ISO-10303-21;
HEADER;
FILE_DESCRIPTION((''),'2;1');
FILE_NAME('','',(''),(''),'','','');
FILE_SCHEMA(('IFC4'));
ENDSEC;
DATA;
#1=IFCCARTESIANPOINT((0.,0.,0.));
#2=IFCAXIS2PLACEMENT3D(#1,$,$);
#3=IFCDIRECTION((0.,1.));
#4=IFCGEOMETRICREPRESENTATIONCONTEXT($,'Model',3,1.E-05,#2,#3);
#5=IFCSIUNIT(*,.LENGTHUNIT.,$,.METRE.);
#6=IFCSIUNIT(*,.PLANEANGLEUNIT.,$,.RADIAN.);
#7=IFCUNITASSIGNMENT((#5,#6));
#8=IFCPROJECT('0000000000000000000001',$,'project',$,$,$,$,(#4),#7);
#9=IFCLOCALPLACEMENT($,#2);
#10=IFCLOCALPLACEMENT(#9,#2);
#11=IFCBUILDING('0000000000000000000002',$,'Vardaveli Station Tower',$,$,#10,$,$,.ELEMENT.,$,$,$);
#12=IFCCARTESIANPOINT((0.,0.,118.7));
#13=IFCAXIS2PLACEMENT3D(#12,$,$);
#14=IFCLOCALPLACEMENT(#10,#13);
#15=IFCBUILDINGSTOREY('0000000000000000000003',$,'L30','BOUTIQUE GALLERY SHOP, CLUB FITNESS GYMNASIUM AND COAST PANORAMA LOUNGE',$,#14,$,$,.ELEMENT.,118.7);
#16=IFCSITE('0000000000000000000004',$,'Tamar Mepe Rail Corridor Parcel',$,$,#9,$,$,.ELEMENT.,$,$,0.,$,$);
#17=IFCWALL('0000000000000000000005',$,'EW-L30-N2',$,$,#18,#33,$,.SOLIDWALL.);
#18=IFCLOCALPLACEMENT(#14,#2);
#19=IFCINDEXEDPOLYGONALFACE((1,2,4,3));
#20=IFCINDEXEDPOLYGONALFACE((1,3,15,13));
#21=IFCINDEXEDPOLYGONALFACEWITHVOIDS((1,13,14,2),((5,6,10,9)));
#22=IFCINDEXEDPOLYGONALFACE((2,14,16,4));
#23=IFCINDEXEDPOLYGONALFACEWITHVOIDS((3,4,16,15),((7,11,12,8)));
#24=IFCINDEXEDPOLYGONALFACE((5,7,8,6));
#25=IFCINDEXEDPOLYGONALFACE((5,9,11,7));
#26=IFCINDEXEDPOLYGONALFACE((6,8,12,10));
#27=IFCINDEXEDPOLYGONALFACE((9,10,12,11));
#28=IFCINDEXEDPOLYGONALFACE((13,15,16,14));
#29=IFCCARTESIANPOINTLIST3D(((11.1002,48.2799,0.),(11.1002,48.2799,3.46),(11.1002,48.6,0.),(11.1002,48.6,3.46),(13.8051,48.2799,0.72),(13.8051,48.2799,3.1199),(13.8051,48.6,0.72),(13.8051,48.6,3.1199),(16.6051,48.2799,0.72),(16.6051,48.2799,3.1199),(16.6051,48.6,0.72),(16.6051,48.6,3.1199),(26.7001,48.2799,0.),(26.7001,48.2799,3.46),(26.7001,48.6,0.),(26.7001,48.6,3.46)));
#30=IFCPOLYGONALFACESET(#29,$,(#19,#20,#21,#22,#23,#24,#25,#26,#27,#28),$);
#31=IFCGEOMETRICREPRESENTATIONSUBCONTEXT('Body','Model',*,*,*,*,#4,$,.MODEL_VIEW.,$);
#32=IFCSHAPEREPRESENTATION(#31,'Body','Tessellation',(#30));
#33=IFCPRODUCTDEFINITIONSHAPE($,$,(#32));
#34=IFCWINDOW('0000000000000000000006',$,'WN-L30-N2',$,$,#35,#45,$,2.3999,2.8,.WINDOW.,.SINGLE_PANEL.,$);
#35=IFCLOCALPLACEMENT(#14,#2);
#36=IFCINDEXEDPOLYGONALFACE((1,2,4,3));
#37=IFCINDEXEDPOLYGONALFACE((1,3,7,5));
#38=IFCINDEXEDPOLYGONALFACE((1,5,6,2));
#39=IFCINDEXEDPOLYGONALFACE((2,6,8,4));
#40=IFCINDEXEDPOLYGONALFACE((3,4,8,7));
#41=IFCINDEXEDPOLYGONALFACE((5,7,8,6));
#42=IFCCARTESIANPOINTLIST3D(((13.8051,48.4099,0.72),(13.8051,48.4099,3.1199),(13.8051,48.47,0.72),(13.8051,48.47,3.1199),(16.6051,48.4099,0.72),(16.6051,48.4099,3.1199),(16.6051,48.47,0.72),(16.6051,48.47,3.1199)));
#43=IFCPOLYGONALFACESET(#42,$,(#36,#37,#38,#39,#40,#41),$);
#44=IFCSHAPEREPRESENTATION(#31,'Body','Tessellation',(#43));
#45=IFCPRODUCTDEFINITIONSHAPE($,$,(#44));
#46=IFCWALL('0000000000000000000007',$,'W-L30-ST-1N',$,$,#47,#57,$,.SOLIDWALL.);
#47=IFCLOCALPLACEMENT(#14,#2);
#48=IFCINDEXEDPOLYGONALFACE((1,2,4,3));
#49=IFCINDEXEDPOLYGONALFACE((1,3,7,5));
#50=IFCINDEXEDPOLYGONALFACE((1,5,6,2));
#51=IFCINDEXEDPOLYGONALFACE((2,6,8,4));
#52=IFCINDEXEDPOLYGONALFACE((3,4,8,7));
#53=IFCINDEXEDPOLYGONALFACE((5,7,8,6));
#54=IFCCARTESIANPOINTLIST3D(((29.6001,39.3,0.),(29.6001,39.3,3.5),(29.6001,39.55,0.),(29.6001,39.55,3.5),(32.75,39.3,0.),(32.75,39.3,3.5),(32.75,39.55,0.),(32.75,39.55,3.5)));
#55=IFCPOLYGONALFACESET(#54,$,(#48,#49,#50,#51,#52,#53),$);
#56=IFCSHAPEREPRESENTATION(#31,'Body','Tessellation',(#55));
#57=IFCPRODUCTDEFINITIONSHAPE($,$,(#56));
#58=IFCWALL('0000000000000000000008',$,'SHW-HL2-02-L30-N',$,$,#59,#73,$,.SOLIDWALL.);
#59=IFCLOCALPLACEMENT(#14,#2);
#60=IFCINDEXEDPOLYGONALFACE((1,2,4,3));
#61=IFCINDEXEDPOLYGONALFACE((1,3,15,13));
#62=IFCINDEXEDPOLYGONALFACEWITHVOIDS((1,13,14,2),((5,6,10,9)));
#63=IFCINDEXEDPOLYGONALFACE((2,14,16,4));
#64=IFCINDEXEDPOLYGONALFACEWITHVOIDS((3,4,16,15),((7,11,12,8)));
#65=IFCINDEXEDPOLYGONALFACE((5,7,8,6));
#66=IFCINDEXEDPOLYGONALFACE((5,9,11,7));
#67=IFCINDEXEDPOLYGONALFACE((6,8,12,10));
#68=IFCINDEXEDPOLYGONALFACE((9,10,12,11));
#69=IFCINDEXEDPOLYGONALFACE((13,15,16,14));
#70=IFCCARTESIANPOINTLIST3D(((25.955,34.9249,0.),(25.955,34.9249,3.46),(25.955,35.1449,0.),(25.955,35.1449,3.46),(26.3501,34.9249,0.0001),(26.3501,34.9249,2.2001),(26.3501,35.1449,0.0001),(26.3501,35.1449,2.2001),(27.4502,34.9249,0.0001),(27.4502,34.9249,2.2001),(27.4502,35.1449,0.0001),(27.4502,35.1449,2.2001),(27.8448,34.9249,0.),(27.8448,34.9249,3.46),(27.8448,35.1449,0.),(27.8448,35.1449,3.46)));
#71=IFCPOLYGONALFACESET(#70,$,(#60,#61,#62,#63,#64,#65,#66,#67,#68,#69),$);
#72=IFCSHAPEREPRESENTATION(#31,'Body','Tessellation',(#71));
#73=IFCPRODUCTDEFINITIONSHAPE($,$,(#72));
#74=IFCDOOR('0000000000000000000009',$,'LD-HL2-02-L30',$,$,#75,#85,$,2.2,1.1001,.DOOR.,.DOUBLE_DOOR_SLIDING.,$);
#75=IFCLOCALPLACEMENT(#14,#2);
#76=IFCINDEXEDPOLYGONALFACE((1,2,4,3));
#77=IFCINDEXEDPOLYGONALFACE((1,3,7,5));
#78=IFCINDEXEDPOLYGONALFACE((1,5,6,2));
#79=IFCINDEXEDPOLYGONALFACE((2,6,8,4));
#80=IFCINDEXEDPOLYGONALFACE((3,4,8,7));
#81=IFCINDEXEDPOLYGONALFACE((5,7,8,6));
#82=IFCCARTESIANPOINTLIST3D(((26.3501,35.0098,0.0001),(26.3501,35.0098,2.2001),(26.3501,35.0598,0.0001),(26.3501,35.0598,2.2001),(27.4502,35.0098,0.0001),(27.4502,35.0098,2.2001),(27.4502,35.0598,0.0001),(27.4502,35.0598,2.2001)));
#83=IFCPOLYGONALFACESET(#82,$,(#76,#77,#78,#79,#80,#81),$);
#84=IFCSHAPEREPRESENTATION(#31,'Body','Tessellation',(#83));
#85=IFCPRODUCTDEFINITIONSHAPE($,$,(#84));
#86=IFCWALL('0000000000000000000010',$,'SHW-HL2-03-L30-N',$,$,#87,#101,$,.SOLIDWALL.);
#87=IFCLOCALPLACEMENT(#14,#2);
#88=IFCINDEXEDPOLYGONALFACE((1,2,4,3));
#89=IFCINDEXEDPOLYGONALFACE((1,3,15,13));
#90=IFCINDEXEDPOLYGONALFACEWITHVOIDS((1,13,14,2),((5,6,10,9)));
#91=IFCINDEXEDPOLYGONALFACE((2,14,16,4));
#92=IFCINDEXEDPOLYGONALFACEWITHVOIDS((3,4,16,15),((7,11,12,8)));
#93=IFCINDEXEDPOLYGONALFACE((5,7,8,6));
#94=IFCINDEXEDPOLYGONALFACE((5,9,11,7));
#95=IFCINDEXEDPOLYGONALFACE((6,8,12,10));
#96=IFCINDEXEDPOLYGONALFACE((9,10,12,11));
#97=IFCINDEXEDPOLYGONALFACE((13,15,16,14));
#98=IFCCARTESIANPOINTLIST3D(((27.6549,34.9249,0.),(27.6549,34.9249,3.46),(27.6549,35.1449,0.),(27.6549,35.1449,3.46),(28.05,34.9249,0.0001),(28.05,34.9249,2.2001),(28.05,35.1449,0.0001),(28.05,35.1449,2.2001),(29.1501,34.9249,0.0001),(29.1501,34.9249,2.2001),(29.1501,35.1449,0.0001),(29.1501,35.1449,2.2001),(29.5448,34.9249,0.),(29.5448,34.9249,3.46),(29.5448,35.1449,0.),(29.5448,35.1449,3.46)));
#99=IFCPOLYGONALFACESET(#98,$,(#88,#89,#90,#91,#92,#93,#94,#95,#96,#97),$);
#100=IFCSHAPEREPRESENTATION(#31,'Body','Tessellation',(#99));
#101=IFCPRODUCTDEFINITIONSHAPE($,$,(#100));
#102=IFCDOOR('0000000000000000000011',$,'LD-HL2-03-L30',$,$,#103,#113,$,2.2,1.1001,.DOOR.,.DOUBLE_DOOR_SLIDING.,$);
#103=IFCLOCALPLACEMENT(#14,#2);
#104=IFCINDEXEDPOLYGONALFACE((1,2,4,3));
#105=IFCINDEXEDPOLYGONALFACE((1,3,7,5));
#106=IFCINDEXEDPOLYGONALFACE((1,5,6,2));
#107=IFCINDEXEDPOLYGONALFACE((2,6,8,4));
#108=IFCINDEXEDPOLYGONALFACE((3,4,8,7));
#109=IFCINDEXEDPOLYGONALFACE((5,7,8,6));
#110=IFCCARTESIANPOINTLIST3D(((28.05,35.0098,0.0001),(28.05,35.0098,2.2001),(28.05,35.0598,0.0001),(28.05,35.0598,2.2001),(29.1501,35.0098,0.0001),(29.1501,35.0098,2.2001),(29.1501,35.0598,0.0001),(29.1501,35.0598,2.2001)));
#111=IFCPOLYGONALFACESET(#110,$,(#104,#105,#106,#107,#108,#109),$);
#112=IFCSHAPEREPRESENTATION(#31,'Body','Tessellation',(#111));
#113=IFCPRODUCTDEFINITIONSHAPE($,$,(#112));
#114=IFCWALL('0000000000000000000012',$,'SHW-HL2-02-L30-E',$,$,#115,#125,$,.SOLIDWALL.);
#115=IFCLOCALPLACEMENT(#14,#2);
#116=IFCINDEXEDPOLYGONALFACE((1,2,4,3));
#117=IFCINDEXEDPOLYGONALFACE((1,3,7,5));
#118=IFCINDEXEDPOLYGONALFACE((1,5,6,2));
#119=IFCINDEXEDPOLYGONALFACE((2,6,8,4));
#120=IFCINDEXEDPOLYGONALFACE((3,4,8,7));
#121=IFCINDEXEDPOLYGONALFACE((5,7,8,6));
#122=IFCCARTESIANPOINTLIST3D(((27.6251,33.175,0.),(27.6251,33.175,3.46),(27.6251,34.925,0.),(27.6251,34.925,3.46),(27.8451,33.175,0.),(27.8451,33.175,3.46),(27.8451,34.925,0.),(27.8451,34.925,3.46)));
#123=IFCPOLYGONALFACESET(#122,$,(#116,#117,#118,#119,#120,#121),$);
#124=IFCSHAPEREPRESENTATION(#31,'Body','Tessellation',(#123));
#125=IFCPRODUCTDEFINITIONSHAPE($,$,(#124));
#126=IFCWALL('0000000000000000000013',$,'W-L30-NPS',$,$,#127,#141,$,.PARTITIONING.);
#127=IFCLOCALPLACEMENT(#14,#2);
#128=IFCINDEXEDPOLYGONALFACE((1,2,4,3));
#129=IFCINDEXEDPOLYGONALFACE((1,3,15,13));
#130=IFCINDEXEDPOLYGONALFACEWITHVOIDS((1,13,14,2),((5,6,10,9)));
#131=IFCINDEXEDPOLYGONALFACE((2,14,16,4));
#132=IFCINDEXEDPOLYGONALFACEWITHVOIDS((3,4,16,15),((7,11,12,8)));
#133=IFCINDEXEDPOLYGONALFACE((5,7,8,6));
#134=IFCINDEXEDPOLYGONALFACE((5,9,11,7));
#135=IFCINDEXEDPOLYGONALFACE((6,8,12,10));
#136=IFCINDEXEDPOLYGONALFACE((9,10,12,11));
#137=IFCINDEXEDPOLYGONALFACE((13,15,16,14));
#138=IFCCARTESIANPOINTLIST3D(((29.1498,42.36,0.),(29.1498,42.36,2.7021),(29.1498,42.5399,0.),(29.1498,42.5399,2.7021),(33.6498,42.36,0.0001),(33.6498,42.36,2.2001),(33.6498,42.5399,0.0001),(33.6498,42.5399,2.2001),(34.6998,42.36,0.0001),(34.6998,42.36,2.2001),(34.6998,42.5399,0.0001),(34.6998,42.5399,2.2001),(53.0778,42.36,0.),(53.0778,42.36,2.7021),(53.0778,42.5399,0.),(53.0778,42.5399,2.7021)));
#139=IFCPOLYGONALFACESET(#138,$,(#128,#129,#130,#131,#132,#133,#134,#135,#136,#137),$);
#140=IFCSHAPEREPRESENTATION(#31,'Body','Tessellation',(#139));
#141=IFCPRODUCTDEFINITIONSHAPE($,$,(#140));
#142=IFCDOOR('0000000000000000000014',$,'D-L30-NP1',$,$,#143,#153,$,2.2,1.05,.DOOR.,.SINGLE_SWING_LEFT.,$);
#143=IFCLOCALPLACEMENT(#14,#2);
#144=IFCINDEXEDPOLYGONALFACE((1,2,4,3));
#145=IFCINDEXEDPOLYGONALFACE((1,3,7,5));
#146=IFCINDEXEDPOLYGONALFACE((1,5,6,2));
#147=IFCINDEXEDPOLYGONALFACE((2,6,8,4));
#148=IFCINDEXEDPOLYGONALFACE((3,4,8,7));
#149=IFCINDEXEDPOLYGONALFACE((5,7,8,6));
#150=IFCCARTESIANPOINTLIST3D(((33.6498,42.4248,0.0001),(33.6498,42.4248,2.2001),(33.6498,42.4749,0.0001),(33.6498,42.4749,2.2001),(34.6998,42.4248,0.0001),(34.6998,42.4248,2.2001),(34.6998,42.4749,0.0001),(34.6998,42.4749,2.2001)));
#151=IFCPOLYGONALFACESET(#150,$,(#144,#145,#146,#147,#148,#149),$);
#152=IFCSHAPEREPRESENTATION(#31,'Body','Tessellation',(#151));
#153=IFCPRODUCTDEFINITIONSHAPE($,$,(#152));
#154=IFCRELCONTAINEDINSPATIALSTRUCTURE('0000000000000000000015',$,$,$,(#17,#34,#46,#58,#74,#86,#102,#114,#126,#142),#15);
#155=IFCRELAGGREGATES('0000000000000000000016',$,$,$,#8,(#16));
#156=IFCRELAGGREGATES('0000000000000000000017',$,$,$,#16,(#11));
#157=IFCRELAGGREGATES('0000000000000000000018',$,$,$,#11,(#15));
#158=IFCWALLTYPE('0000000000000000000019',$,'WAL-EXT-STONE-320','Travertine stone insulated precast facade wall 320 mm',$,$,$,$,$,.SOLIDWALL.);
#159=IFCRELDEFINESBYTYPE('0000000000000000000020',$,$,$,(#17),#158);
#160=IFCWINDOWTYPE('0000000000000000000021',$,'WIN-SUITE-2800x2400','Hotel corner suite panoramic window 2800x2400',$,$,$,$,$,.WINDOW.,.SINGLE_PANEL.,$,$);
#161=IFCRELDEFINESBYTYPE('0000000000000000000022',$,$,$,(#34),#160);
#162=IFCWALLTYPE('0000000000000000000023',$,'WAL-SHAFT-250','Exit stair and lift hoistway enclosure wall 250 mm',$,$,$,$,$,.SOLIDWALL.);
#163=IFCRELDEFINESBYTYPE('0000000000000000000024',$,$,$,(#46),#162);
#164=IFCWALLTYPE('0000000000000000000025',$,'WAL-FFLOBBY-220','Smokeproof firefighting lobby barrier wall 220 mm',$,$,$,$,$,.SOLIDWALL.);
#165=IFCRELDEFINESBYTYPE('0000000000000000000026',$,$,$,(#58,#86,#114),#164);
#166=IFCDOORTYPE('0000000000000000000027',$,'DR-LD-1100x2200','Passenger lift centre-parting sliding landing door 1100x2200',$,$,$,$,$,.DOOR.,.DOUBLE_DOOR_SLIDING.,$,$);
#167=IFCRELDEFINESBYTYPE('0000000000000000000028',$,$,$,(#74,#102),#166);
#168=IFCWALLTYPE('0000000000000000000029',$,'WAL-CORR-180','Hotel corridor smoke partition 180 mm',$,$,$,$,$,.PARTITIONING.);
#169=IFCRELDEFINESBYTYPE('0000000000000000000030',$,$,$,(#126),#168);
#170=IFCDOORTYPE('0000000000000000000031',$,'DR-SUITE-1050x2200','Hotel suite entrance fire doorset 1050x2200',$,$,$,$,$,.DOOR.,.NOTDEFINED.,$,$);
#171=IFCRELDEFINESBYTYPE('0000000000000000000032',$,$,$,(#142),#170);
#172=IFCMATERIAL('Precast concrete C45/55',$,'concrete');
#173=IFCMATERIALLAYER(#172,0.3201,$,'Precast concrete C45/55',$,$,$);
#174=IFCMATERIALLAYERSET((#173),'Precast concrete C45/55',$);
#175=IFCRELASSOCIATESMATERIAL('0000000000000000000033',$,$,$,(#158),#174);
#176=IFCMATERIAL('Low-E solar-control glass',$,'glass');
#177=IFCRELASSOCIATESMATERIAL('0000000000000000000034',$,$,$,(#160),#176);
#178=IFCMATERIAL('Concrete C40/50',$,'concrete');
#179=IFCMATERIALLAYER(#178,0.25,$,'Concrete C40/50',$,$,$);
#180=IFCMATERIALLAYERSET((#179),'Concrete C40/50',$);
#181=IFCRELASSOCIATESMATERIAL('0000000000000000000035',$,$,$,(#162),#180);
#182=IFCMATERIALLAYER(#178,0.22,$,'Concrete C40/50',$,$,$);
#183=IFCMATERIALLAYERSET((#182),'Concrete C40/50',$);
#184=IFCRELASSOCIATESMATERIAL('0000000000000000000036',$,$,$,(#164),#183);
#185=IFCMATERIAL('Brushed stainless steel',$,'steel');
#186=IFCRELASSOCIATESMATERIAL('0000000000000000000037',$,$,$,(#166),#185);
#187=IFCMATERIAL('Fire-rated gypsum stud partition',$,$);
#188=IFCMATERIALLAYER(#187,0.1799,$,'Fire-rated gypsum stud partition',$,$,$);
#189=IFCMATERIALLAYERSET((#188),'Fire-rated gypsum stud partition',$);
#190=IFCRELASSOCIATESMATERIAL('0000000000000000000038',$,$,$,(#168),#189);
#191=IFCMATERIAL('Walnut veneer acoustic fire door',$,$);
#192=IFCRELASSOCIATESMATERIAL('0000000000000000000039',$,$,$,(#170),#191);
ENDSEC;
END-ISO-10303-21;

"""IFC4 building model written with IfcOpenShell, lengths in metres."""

from ifc_helpers import new_model, si_unit, direction, frame, frame_2d, origin, place, context, subcontext, project, spatial, rectangle, extrude, source, transform, mapped, material, layer, layer_set, type_object, element, fill, save


model = new_model("IFC4")

# Units and contexts
model_context = context("Model", 3, precision=1e-05, world=origin(), true_north=direction((0.0, 1.0)))
body_context = subcontext(model_context, "Body", "Model", "MODEL_VIEW")
ifc_project = project(units=[si_unit("LENGTHUNIT", "METRE"), si_unit("PLANEANGLEUNIT", "RADIAN")], contexts=[model_context])

# Site, building, storey
site_placement = place(None, origin())
site = spatial("IfcSite", under=ifc_project, at=site_placement, Name="Tamar Mepe Rail Corridor Parcel", CompositionType="ELEMENT", RefElevation=0.0)
building_placement = place(site_placement, origin())
building = spatial("IfcBuilding", under=site, at=building_placement, Name="Vardaveli Station Tower", CompositionType="ELEMENT")
storey_placement = place(building_placement, frame((0.0, 0.0, 118.7)))
storey = spatial("IfcBuildingStorey", under=building, at=storey_placement, Name="L30", Description="BOUTIQUE GALLERY SHOP, CLUB FITNESS GYMNASIUM AND COAST PANORAMA LOUNGE", CompositionType="ELEMENT", Elevation=118.7)

# Shared definitions
ifc_material_1 = material(Name="Precast concrete C45/55", Category="concrete")

# Wall, opening, window
ifc_layer_1 = layer(ifc_material_1, 0.3201, Name="Precast concrete C45/55")
ifc_layer_set_1 = layer_set([ifc_layer_1], Name="Precast concrete C45/55")
wall_type_1 = type_object("IfcWallType", Name="WAL-EXT-STONE-320", Description="Travertine stone insulated precast facade wall 320 mm", PredefinedType="SOLIDWALL", material=ifc_layer_set_1)
shared_shape_1 = source(origin(), body_context, "Body", "SweptSolid", [
    extrude(rectangle(XDim=15.5999, YDim=0.3201, at=frame_2d((7.7998, 0.0))), origin(), (0.0, 0.0, 1.0), 3.46),
])
wall_1_placement = place(storey_placement, frame((26.7, 48.4399, 0.0), z_axis=(0.0, 0.0, 1.0), x_axis=(-1.0, 0.0, 0.0)))
wall_1 = element("IfcWall", 1, at=wall_1_placement, inside=storey, type_object=wall_type_1, Name="EW-L30-N2", PredefinedType="SOLIDWALL", context=body_context, shape_type="MappedRepresentation", body=[
    mapped(shared_shape_1, transform((0.0, 0.0, 0.0), scale=1.0)),
])
shared_shape_2 = source(origin(), body_context, "Body", "SweptSolid", [
    extrude(rectangle(XDim=2.8, YDim=2.3999, at=frame_2d((1.3999, 1.2))), frame((0.0, 0.1699, 0.0), z_axis=(0.0, -1.0, 0.0), x_axis=(1.0, 0.0, 0.0)), (0.0, 0.0, 1.0), 0.3401),
])
opening_1_placement = place(wall_1_placement, frame((10.095, 0.0, 0.72)))
opening_1 = element("IfcOpeningElement", 2, at=opening_1_placement, cuts=wall_1, PredefinedType="OPENING", context=body_context, shape_type="MappedRepresentation", body=[
    mapped(shared_shape_2, transform((0.0, 0.0, 0.0), scale=1.0)),
])
ifc_material_2 = material(Name="Low-E solar-control glass", Category="glass")
window_type = type_object("IfcWindowType", Name="WIN-SUITE-2800x2400", Description="Hotel corner suite panoramic window 2800x2400", PartitioningType="SINGLE_PANEL", PredefinedType="WINDOW", material=ifc_material_2)
shared_shape_3 = source(origin(), body_context, "Body", "SweptSolid", [
    extrude(rectangle(XDim=2.8, YDim=2.3999, at=frame_2d((1.3999, 1.2))), frame((0.0, 0.03, 0.0), z_axis=(0.0, -1.0, 0.0), x_axis=(1.0, 0.0, 0.0)), (0.0, 0.0, 1.0), 0.0601),
])
window_placement = place(opening_1_placement, origin())
window = element("IfcWindow", 3, at=window_placement, inside=storey, type_object=window_type, Name="WN-L30-N2", OverallHeight=2.3999, OverallWidth=2.8, PartitioningType="SINGLE_PANEL", PredefinedType="WINDOW", context=body_context, shape_type="MappedRepresentation", body=[
    mapped(shared_shape_3, transform((0.0, 0.0, 0.0), scale=1.0)),
])
fill(opening_1, window)

# Wall
ifc_material_3 = material(Name="Concrete C40/50", Category="concrete")
ifc_layer_2 = layer(ifc_material_3, 0.25, Name="Concrete C40/50")
ifc_layer_set_2 = layer_set([ifc_layer_2], Name="Concrete C40/50")
wall_type_2 = type_object("IfcWallType", Name="WAL-SHAFT-250", Description="Exit stair and lift hoistway enclosure wall 250 mm", PredefinedType="SOLIDWALL", material=ifc_layer_set_2)
shared_shape_4 = source(origin(), body_context, "Body", "SweptSolid", [
    extrude(rectangle(XDim=3.1499, YDim=0.25, at=frame_2d((1.575, 0.0))), origin(), (0.0, 0.0, 1.0), 3.5),
])
wall_2_placement = place(storey_placement, frame((29.6001, 39.425, 0.0), z_axis=(0.0, 0.0, 1.0), x_axis=(1.0, 0.0, 0.0)))
element("IfcWall", 4, at=wall_2_placement, inside=storey, type_object=wall_type_2, Name="W-L30-ST-1N", PredefinedType="SOLIDWALL", context=body_context, shape_type="MappedRepresentation", body=[
    mapped(shared_shape_4, transform((0.0, 0.0, 0.0), scale=1.0)),
])

# Walls, openings, doors
ifc_layer_3 = layer(ifc_material_3, 0.22, Name="Concrete C40/50")
ifc_layer_set_3 = layer_set([ifc_layer_3], Name="Concrete C40/50")
wall_type_3 = type_object("IfcWallType", Name="WAL-FFLOBBY-220", Description="Smokeproof firefighting lobby barrier wall 220 mm", PredefinedType="SOLIDWALL", material=ifc_layer_set_3)
shared_shape_5 = source(origin(), body_context, "Body", "SweptSolid", [
    extrude(rectangle(XDim=1.8899, YDim=0.22, at=frame_2d((0.9448, 0.0))), origin(), (0.0, 0.0, 1.0), 3.46),
])
wall_3_placement = place(storey_placement, frame((25.9551, 35.0349, 0.0), z_axis=(0.0, 0.0, 1.0), x_axis=(1.0, 0.0, 0.0)))
wall_3 = element("IfcWall", 5, at=wall_3_placement, inside=storey, type_object=wall_type_3, Name="SHW-HL2-02-L30-N", PredefinedType="SOLIDWALL", context=body_context, shape_type="MappedRepresentation", body=[
    mapped(shared_shape_5, transform((0.0, 0.0, 0.0), scale=1.0)),
])
shared_shape_6 = source(origin(), body_context, "Body", "SweptSolid", [
    extrude(rectangle(XDim=1.1001, YDim=2.2, at=frame_2d((0.55, 1.1001))), frame((0.0, 0.1201, 0.0), z_axis=(0.0, -1.0, 0.0), x_axis=(1.0, 0.0, 0.0)), (0.0, 0.0, 1.0), 0.24),
])
opening_2_placement = place(wall_3_placement, frame((0.395, 0.0, 0.0)))
opening_2 = element("IfcOpeningElement", 6, at=opening_2_placement, cuts=wall_3, PredefinedType="OPENING", context=body_context, shape_type="MappedRepresentation", body=[
    mapped(shared_shape_6, transform((0.0, 0.0, 0.0), scale=1.0)),
])
ifc_material_4 = material(Name="Brushed stainless steel", Category="steel")
door_type_1 = type_object("IfcDoorType", Name="DR-LD-1100x2200", Description="Passenger lift centre-parting sliding landing door 1100x2200", OperationType="DOUBLE_DOOR_SLIDING", PredefinedType="DOOR", material=ifc_material_4)
shared_shape_7 = source(origin(), body_context, "Body", "SweptSolid", [
    extrude(rectangle(XDim=1.1001, YDim=2.2, at=frame_2d((0.55, 1.1001))), frame((0.0, 0.0249, 0.0), z_axis=(0.0, -1.0, 0.0), x_axis=(1.0, 0.0, 0.0)), (0.0, 0.0, 1.0), 0.05),
])
door_1_placement = place(opening_2_placement, origin())
door_1 = element("IfcDoor", 7, at=door_1_placement, inside=storey, type_object=door_type_1, Name="LD-HL2-02-L30", OperationType="DOUBLE_DOOR_SLIDING", OverallHeight=2.2, OverallWidth=1.1001, PredefinedType="DOOR", context=body_context, shape_type="MappedRepresentation", body=[
    mapped(shared_shape_7, transform((0.0, 0.0, 0.0), scale=1.0)),
])
fill(opening_2, door_1)
wall_4_placement = place(storey_placement, frame((27.655, 35.0349, 0.0), z_axis=(0.0, 0.0, 1.0), x_axis=(1.0, 0.0, 0.0)))
wall_4 = element("IfcWall", 8, at=wall_4_placement, inside=storey, type_object=wall_type_3, Name="SHW-HL2-03-L30-N", PredefinedType="SOLIDWALL", context=body_context, shape_type="MappedRepresentation", body=[
    mapped(shared_shape_5, transform((0.0, 0.0, 0.0), scale=1.0)),
])
opening_3_placement = place(wall_4_placement, frame((0.395, 0.0, 0.0)))
opening_3 = element("IfcOpeningElement", 9, at=opening_3_placement, cuts=wall_4, PredefinedType="OPENING", context=body_context, shape_type="MappedRepresentation", body=[
    mapped(shared_shape_6, transform((0.0, 0.0, 0.0), scale=1.0)),
])
door_2_placement = place(opening_3_placement, origin())
door_2 = element("IfcDoor", 10, at=door_2_placement, inside=storey, type_object=door_type_1, Name="LD-HL2-03-L30", OperationType="DOUBLE_DOOR_SLIDING", OverallHeight=2.2, OverallWidth=1.1001, PredefinedType="DOOR", context=body_context, shape_type="MappedRepresentation", body=[
    mapped(shared_shape_7, transform((0.0, 0.0, 0.0), scale=1.0)),
])
fill(opening_3, door_2)

# Wall
shared_shape_8 = source(origin(), body_context, "Body", "SweptSolid", [
    extrude(rectangle(XDim=1.75, YDim=0.22, at=frame_2d((0.875, 0.0))), origin(), (0.0, 0.0, 1.0), 3.46),
])
wall_5_placement = place(storey_placement, frame((27.7351, 33.175, 0.0), z_axis=(0.0, 0.0, 1.0), x_axis=(0.0, 1.0, 0.0)))
element("IfcWall", 11, at=wall_5_placement, inside=storey, type_object=wall_type_3, Name="SHW-HL2-02-L30-E", PredefinedType="SOLIDWALL", context=body_context, shape_type="MappedRepresentation", body=[
    mapped(shared_shape_8, transform((0.0, 0.0, 0.0), scale=1.0)),
])

# Wall, opening, door
ifc_material_5 = material(Name="Fire-rated gypsum stud partition")
ifc_layer_4 = layer(ifc_material_5, 0.1799, Name="Fire-rated gypsum stud partition")
ifc_layer_set_4 = layer_set([ifc_layer_4], Name="Fire-rated gypsum stud partition")
wall_type_4 = type_object("IfcWallType", Name="WAL-CORR-180", Description="Hotel corridor smoke partition 180 mm", PredefinedType="PARTITIONING", material=ifc_layer_set_4)
shared_shape_9 = source(origin(), body_context, "Body", "SweptSolid", [
    extrude(rectangle(XDim=23.928, YDim=0.1799, at=frame_2d((11.9639, 0.0))), origin(), (0.0, 0.0, 1.0), 2.7021),
])
wall_6_placement = place(storey_placement, frame((29.1499, 42.45, 0.0), z_axis=(0.0, 0.0, 1.0), x_axis=(1.0, 0.0, 0.0)))
wall_6 = element("IfcWall", 12, at=wall_6_placement, inside=storey, type_object=wall_type_4, Name="W-L30-NPS", PredefinedType="PARTITIONING", context=body_context, shape_type="MappedRepresentation", body=[
    mapped(shared_shape_9, transform((0.0, 0.0, 0.0), scale=1.0)),
])
shared_shape_10 = source(origin(), body_context, "Body", "SweptSolid", [
    extrude(rectangle(XDim=1.05, YDim=2.2, at=frame_2d((0.5249, 1.1001))), frame((0.0, 0.1001, 0.0), z_axis=(0.0, -1.0, 0.0), x_axis=(1.0, 0.0, 0.0)), (0.0, 0.0, 1.0), 0.2),
])
opening_4_placement = place(wall_6_placement, frame((4.5, 0.0, 0.0)))
opening_4 = element("IfcOpeningElement", 13, at=opening_4_placement, cuts=wall_6, PredefinedType="OPENING", context=body_context, shape_type="MappedRepresentation", body=[
    mapped(shared_shape_10, transform((0.0, 0.0, 0.0), scale=1.0)),
])
ifc_material_6 = material(Name="Walnut veneer acoustic fire door")
door_type_2 = type_object("IfcDoorType", Name="DR-SUITE-1050x2200", Description="Hotel suite entrance fire doorset 1050x2200", OperationType="NOTDEFINED", PredefinedType="DOOR", material=ifc_material_6)
shared_shape_11 = source(origin(), body_context, "Body", "SweptSolid", [
    extrude(rectangle(XDim=1.05, YDim=2.2, at=frame_2d((0.5249, 1.1001))), frame((0.0, 0.0249, 0.0), z_axis=(0.0, -1.0, 0.0), x_axis=(1.0, 0.0, 0.0)), (0.0, 0.0, 1.0), 0.05),
])
door_3_placement = place(opening_4_placement, origin())
door_3 = element("IfcDoor", 14, at=door_3_placement, inside=storey, type_object=door_type_2, Name="D-L30-NP1", OperationType="SINGLE_SWING_LEFT", OverallHeight=2.2, OverallWidth=1.05, PredefinedType="DOOR", context=body_context, shape_type="MappedRepresentation", body=[
    mapped(shared_shape_11, transform((0.0, 0.0, 0.0), scale=1.0)),
])
fill(opening_4, door_3)

save(model, "model.ifc")
